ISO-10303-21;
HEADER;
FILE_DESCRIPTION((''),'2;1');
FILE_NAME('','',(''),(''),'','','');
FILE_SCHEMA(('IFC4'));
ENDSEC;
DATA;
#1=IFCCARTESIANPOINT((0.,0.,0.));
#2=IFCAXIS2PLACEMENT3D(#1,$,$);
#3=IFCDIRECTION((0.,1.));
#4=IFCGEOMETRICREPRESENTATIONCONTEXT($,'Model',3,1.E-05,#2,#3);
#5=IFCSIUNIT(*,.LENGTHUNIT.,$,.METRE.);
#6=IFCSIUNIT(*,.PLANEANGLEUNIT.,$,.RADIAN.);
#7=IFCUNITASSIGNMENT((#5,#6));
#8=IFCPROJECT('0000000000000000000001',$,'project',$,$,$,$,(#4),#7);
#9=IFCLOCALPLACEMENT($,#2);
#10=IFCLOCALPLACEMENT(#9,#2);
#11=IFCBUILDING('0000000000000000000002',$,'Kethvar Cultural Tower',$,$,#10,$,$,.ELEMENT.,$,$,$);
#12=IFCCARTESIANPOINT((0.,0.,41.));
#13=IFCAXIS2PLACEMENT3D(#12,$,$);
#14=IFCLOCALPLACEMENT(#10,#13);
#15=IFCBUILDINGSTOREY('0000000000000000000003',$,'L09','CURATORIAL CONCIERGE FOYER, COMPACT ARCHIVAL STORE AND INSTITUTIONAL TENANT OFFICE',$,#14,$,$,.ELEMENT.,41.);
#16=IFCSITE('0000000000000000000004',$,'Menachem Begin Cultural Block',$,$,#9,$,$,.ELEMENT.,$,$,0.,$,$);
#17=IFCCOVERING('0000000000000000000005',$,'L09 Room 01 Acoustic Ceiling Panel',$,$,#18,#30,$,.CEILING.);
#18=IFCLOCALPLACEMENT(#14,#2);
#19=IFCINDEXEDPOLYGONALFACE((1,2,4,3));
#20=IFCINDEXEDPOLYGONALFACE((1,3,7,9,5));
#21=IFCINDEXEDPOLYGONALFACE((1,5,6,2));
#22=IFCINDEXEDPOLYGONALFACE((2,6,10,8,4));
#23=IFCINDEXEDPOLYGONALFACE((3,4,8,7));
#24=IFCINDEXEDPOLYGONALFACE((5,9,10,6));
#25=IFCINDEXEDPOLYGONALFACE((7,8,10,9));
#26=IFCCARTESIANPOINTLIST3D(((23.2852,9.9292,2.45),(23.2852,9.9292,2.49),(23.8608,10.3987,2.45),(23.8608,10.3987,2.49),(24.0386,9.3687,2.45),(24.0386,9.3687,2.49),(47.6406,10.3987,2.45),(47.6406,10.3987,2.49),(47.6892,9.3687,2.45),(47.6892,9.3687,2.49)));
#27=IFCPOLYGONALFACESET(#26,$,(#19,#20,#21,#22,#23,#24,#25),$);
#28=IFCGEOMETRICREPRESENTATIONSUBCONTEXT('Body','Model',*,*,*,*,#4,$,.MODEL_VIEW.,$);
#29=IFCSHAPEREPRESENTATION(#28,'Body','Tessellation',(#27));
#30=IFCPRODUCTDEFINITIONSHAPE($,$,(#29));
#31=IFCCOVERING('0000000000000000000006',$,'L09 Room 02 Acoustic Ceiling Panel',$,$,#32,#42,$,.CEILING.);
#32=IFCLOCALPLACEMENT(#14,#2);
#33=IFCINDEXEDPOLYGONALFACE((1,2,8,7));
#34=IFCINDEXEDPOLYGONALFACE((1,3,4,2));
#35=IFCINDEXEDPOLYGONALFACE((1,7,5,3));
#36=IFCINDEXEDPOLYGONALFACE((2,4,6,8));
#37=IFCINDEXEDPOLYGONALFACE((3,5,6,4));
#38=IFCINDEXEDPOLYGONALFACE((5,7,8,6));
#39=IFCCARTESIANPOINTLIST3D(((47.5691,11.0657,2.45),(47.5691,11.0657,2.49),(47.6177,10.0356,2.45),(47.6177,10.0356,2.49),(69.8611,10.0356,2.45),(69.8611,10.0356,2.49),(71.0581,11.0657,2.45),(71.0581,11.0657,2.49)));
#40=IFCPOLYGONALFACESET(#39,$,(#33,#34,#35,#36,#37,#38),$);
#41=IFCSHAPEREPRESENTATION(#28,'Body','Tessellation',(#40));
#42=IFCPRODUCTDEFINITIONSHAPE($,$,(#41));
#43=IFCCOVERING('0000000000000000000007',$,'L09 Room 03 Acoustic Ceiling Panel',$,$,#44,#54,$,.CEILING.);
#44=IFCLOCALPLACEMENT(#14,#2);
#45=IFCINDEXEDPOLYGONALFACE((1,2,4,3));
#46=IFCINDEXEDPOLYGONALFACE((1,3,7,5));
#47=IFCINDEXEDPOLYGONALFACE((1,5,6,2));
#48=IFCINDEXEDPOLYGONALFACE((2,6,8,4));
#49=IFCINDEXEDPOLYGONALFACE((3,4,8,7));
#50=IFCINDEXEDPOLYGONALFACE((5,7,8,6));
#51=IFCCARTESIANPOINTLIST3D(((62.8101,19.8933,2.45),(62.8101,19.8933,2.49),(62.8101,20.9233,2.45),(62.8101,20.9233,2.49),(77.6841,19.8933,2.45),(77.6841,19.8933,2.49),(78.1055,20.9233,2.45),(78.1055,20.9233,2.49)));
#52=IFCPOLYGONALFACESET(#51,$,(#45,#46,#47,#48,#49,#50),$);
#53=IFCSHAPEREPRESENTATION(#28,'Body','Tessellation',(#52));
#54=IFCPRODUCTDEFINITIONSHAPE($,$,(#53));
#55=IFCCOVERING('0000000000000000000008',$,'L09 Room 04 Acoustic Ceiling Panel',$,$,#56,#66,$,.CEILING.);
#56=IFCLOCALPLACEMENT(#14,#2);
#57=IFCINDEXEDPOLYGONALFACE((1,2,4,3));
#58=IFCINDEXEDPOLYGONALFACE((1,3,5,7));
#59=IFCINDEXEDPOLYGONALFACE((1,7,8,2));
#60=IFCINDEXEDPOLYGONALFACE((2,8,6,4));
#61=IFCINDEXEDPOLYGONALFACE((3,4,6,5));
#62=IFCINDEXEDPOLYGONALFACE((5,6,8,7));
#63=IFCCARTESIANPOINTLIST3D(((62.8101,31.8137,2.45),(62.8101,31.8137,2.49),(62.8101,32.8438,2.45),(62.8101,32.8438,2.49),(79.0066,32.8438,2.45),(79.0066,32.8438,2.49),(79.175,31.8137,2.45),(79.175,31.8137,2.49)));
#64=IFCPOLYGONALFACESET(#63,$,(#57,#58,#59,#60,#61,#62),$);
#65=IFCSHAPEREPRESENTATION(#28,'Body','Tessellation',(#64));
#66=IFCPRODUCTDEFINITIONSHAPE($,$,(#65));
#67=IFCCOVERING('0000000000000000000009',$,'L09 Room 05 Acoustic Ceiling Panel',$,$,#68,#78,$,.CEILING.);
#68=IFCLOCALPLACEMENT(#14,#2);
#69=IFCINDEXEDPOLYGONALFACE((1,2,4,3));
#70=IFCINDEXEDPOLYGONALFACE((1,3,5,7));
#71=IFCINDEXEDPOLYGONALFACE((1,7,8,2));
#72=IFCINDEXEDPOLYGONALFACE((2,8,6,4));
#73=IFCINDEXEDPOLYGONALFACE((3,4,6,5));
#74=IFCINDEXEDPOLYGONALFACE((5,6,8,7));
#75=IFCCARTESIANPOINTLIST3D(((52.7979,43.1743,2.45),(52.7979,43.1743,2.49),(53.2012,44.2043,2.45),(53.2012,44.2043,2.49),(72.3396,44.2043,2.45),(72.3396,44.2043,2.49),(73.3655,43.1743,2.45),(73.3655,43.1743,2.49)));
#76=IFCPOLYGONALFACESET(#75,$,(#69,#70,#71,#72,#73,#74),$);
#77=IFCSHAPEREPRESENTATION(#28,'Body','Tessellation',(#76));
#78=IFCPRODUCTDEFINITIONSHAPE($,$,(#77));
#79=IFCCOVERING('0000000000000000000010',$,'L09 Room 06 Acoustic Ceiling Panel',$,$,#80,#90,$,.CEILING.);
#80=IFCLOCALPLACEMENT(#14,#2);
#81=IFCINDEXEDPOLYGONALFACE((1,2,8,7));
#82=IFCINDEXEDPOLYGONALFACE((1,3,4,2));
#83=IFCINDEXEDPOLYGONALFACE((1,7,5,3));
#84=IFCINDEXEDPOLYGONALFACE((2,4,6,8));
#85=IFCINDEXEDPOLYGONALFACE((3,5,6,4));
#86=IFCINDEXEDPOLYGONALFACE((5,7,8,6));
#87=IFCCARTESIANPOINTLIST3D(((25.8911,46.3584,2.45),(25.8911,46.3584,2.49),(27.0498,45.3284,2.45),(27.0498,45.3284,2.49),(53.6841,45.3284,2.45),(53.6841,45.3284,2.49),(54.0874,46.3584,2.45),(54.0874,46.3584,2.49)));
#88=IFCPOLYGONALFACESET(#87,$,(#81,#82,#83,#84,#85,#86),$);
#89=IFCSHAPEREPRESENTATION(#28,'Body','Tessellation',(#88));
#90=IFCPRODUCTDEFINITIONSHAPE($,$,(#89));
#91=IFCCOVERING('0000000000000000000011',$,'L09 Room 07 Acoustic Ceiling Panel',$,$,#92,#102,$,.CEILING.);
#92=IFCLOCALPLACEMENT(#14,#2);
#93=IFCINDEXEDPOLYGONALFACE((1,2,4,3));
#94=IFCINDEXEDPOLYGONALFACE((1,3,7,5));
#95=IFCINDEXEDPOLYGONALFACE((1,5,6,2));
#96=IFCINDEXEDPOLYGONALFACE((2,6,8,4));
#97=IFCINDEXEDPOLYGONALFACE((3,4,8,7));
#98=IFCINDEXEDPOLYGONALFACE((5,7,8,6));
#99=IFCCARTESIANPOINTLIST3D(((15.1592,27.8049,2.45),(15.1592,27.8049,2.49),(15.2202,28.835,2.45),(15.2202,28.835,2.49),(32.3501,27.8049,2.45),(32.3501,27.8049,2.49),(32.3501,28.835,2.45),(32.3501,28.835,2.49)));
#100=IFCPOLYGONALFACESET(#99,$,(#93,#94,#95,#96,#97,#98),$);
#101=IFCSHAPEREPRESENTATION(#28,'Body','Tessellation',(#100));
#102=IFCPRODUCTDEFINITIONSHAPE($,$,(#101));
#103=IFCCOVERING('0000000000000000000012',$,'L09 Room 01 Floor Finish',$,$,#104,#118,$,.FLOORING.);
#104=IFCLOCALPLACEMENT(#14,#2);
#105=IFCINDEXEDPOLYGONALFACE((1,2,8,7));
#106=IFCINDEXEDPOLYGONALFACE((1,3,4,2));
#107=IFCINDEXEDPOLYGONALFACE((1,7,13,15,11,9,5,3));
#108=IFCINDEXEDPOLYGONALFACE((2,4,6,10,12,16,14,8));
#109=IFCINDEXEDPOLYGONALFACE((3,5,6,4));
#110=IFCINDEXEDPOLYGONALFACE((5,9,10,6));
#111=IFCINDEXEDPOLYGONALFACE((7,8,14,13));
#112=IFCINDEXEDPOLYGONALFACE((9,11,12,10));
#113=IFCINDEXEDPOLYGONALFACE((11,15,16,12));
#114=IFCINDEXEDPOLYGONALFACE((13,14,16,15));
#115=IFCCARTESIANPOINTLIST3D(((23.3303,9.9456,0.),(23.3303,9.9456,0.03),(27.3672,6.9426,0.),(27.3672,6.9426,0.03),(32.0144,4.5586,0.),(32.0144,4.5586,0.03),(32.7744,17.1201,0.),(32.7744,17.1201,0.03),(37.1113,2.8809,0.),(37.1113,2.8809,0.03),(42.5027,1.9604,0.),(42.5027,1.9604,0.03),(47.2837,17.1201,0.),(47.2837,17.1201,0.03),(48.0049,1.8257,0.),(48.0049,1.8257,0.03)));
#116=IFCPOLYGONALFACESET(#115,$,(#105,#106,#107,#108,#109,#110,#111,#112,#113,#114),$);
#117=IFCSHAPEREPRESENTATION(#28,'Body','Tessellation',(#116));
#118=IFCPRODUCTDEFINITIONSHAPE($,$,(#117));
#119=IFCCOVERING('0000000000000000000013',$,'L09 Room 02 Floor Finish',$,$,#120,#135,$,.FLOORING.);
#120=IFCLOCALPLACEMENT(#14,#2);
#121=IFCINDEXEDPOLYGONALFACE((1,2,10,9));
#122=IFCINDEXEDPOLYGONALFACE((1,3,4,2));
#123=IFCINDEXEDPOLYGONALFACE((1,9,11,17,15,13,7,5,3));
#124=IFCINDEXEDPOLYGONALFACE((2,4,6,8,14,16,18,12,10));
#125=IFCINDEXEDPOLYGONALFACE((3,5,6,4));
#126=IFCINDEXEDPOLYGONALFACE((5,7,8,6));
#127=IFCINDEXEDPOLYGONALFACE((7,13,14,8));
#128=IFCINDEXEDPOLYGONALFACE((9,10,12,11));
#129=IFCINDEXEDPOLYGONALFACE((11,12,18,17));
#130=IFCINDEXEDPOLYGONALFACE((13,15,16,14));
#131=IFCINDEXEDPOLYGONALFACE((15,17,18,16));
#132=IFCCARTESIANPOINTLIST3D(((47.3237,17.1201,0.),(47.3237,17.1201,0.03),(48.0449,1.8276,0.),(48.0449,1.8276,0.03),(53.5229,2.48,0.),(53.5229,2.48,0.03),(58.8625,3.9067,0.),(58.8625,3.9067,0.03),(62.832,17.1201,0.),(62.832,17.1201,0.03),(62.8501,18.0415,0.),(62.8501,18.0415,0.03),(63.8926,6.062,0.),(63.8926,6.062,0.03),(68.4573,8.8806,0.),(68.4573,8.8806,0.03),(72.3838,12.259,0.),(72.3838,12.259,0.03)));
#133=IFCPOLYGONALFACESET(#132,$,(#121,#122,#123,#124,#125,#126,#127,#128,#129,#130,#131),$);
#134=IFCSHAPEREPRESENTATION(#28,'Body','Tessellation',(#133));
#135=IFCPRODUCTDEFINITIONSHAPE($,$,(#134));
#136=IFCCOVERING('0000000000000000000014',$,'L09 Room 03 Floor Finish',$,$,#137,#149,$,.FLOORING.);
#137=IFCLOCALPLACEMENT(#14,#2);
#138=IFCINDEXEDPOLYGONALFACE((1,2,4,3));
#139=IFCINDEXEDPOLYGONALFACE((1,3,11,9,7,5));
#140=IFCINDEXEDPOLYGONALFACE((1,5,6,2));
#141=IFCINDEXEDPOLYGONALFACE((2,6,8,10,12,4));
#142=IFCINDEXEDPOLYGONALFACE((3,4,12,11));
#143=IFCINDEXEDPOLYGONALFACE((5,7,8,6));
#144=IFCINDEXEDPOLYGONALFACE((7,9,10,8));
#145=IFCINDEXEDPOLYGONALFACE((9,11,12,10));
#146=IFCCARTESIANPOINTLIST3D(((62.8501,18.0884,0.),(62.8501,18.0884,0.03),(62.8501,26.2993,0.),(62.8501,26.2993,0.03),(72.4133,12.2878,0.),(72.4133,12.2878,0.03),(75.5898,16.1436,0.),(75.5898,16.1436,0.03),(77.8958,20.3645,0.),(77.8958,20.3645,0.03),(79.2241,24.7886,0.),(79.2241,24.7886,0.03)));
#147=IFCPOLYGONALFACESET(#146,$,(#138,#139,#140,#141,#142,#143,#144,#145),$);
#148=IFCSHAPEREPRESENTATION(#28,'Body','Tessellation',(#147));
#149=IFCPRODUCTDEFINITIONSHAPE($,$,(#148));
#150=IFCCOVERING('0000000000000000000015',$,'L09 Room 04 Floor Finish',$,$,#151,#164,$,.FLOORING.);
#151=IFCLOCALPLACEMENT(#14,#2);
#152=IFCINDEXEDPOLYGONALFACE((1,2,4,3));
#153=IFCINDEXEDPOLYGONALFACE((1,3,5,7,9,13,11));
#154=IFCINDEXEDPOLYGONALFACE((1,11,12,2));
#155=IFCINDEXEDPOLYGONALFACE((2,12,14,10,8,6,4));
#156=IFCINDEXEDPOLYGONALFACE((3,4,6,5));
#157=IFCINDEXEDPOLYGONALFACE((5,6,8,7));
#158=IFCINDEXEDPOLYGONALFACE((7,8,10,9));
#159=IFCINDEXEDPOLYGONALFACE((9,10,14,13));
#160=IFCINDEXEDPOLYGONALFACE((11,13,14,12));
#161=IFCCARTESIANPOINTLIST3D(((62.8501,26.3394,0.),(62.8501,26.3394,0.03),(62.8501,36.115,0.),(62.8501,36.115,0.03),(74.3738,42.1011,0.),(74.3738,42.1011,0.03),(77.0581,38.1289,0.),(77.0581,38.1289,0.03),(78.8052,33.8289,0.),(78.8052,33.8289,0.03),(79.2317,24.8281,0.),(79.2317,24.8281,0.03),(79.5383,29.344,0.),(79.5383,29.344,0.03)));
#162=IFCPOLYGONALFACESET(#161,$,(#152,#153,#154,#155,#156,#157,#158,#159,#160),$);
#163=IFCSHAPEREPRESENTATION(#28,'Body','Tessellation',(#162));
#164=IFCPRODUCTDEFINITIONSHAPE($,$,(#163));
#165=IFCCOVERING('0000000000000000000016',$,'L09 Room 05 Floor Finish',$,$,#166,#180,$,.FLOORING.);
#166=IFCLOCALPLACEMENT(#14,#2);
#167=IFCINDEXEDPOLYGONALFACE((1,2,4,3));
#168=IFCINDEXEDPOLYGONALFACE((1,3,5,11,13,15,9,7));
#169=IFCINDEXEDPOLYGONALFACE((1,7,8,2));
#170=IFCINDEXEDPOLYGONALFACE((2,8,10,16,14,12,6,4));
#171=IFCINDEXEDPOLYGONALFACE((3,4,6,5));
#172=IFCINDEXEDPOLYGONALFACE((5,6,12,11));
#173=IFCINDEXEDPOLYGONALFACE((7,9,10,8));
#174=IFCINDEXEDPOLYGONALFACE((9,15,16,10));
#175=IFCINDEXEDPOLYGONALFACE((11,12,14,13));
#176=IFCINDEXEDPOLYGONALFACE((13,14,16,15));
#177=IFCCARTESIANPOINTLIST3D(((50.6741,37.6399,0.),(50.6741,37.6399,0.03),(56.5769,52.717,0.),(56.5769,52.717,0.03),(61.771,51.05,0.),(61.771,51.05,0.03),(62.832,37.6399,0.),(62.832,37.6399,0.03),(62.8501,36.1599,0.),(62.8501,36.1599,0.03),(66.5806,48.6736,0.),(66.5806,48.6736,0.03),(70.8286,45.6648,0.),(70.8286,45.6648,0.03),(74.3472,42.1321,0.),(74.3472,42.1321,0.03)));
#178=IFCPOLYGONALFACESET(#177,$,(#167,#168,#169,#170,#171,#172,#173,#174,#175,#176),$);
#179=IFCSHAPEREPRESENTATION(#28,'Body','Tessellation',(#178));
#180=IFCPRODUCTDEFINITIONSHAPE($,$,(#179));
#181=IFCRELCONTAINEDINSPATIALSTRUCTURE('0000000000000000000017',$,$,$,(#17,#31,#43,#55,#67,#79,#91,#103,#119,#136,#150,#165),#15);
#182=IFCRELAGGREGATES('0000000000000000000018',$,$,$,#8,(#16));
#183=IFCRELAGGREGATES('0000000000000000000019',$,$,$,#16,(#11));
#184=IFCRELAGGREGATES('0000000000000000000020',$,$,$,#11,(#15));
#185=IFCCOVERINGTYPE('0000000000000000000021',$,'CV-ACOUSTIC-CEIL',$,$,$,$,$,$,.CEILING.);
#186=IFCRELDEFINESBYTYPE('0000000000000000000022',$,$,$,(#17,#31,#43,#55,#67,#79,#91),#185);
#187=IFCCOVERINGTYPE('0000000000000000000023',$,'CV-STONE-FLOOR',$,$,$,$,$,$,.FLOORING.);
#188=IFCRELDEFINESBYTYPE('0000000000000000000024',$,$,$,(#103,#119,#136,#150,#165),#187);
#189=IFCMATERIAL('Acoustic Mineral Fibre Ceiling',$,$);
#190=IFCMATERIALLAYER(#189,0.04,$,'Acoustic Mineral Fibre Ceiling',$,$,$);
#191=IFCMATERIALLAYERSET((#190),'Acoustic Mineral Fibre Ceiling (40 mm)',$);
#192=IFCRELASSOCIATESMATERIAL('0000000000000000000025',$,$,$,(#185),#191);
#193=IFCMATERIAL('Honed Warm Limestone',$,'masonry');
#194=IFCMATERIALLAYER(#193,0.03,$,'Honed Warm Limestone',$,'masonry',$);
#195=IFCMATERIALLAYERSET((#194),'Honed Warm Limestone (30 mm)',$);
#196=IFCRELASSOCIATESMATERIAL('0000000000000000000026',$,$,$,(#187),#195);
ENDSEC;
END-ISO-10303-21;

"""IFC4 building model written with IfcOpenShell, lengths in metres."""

from ifc_helpers import new_model, si_unit, direction, frame, origin, place, context, subcontext, project, spatial, polyline, outline, extrude, material, layer, layer_set, type_object, element, save


model = new_model("IFC4")

# Units and contexts
model_context = context("Model", 3, precision=1e-05, world=origin(), true_north=direction((0.0, 1.0)))
body_context = subcontext(model_context, "Body", "Model", "MODEL_VIEW")
ifc_project = project(units=[si_unit("LENGTHUNIT", "METRE"), si_unit("PLANEANGLEUNIT", "RADIAN")], contexts=[model_context])

# Site, building, storey
site_placement = place(None, origin())
site = spatial("IfcSite", under=ifc_project, at=site_placement, Name="Menachem Begin Cultural Block", CompositionType="ELEMENT", RefElevation=0.0)
building_placement = place(site_placement, origin())
building = spatial("IfcBuilding", under=site, at=building_placement, Name="Kethvar Cultural Tower", CompositionType="ELEMENT")
storey_placement = place(building_placement, frame((0.0, 0.0, 41.0)))
storey = spatial("IfcBuildingStorey", under=building, at=storey_placement, Name="L09", Description="CURATORIAL CONCIERGE FOYER, COMPACT ARCHIVAL STORE AND INSTITUTIONAL TENANT OFFICE", CompositionType="ELEMENT", Elevation=41.0)

# Coverings
ifc_material_1 = material(Name="Acoustic Mineral Fibre Ceiling")
ifc_layer_1 = layer(ifc_material_1, 0.04, Name="Acoustic Mineral Fibre Ceiling")
ifc_layer_set_1 = layer_set([ifc_layer_1], Name="Acoustic Mineral Fibre Ceiling (40 mm)")
covering_type_1 = type_object("IfcCoveringType", Name="CV-ACOUSTIC-CEIL", PredefinedType="CEILING", material=ifc_layer_set_1)
covering_1_placement = place(storey_placement, frame((0.0, 0.0, 2.45)))
element("IfcCovering", 1, at=covering_1_placement, inside=storey, type_object=covering_type_1, Name="L09 Room 01 Acoustic Ceiling Panel", PredefinedType="CEILING", context=body_context, shape_type="SweptSolid", body=[
    extrude(outline(polyline([(23.2852, 9.9292), (23.8608, 10.3987), (47.6406, 10.3987), (47.6892, 9.3687), (24.0386, 9.3687), (23.2852, 9.9292)])), origin(), (0.0, 0.0, 1.0), 0.04),
])
covering_2_placement = place(storey_placement, frame((0.0, 0.0, 2.45)))
element("IfcCovering", 2, at=covering_2_placement, inside=storey, type_object=covering_type_1, Name="L09 Room 02 Acoustic Ceiling Panel", PredefinedType="CEILING", context=body_context, shape_type="SweptSolid", body=[
    extrude(outline(polyline([(69.8611, 10.0356), (47.6177, 10.0356), (47.5691, 11.0657), (71.0581, 11.0657), (69.8611, 10.0356)])), origin(), (0.0, 0.0, 1.0), 0.04),
])
covering_3_placement = place(storey_placement, frame((0.0, 0.0, 2.45)))
element("IfcCovering", 3, at=covering_3_placement, inside=storey, type_object=covering_type_1, Name="L09 Room 03 Acoustic Ceiling Panel", PredefinedType="CEILING", context=body_context, shape_type="SweptSolid", body=[
    extrude(outline(polyline([(78.1055, 20.9233), (77.6841, 19.8933), (62.8101, 19.8933), (62.8101, 20.9233), (78.1055, 20.9233)])), origin(), (0.0, 0.0, 1.0), 0.04),
])
covering_4_placement = place(storey_placement, frame((0.0, 0.0, 2.45)))
element("IfcCovering", 4, at=covering_4_placement, inside=storey, type_object=covering_type_1, Name="L09 Room 04 Acoustic Ceiling Panel", PredefinedType="CEILING", context=body_context, shape_type="SweptSolid", body=[
    extrude(outline(polyline([(79.175, 31.8137), (62.8101, 31.8137), (62.8101, 32.8438), (79.0066, 32.8438), (79.175, 31.8137)])), origin(), (0.0, 0.0, 1.0), 0.04),
])
covering_5_placement = place(storey_placement, frame((0.0, 0.0, 2.45)))
element("IfcCovering", 5, at=covering_5_placement, inside=storey, type_object=covering_type_1, Name="L09 Room 05 Acoustic Ceiling Panel", PredefinedType="CEILING", context=body_context, shape_type="SweptSolid", body=[
    extrude(outline(polyline([(73.3655, 43.1743), (52.7979, 43.1743), (53.2012, 44.2043), (72.3396, 44.2043), (73.3655, 43.1743)])), origin(), (0.0, 0.0, 1.0), 0.04),
])
covering_6_placement = place(storey_placement, frame((0.0, 0.0, 2.45)))
element("IfcCovering", 6, at=covering_6_placement, inside=storey, type_object=covering_type_1, Name="L09 Room 06 Acoustic Ceiling Panel", PredefinedType="CEILING", context=body_context, shape_type="SweptSolid", body=[
    extrude(outline(polyline([(53.6841, 45.3284), (27.0498, 45.3284), (25.8911, 46.3584), (54.0874, 46.3584), (53.6841, 45.3284)])), origin(), (0.0, 0.0, 1.0), 0.04),
])
covering_7_placement = place(storey_placement, frame((0.0, 0.0, 2.45)))
element("IfcCovering", 7, at=covering_7_placement, inside=storey, type_object=covering_type_1, Name="L09 Room 07 Acoustic Ceiling Panel", PredefinedType="CEILING", context=body_context, shape_type="SweptSolid", body=[
    extrude(outline(polyline([(15.2202, 28.835), (32.3501, 28.835), (32.3501, 27.8049), (15.1592, 27.8049), (15.2202, 28.835)])), origin(), (0.0, 0.0, 1.0), 0.04),
])
ifc_material_2 = material(Name="Honed Warm Limestone", Category="masonry")
ifc_layer_2 = layer(ifc_material_2, 0.03, Name="Honed Warm Limestone", Category="masonry")
ifc_layer_set_2 = layer_set([ifc_layer_2], Name="Honed Warm Limestone (30 mm)")
covering_type_2 = type_object("IfcCoveringType", Name="CV-STONE-FLOOR", PredefinedType="FLOORING", material=ifc_layer_set_2)
covering_8_placement = place(storey_placement, origin())
element("IfcCovering", 8, at=covering_8_placement, inside=storey, type_object=covering_type_2, Name="L09 Room 01 Floor Finish", PredefinedType="FLOORING", context=body_context, shape_type="SweptSolid", body=[
    extrude(outline(polyline([(42.5027, 1.9604), (37.1113, 2.8809), (32.0144, 4.5586), (27.3672, 6.9426), (23.3303, 9.9456), (32.7744, 17.1201), (47.2837, 17.1201), (48.0049, 1.8257), (42.5027, 1.9604)])), origin(), (0.0, 0.0, 1.0), 0.03),
])
covering_9_placement = place(storey_placement, origin())
element("IfcCovering", 9, at=covering_9_placement, inside=storey, type_object=covering_type_2, Name="L09 Room 02 Floor Finish", PredefinedType="FLOORING", context=body_context, shape_type="SweptSolid", body=[
    extrude(outline(polyline([(72.3838, 12.259), (68.4573, 8.8806), (63.8926, 6.062), (58.8625, 3.9067), (53.5229, 2.48), (48.0449, 1.8276), (47.3237, 17.1201), (62.832, 17.1201), (62.8501, 18.0415), (72.3838, 12.259)])), origin(), (0.0, 0.0, 1.0), 0.03),
])
covering_10_placement = place(storey_placement, origin())
element("IfcCovering", 10, at=covering_10_placement, inside=storey, type_object=covering_type_2, Name="L09 Room 03 Floor Finish", PredefinedType="FLOORING", context=body_context, shape_type="SweptSolid", body=[
    extrude(outline(polyline([(77.8958, 20.3645), (75.5898, 16.1436), (72.4133, 12.2878), (62.8501, 18.0884), (62.8501, 26.2993), (79.2241, 24.7886), (77.8958, 20.3645)])), origin(), (0.0, 0.0, 1.0), 0.03),
])
covering_11_placement = place(storey_placement, origin())
element("IfcCovering", 11, at=covering_11_placement, inside=storey, type_object=covering_type_2, Name="L09 Room 04 Floor Finish", PredefinedType="FLOORING", context=body_context, shape_type="SweptSolid", body=[
    extrude(outline(polyline([(77.0581, 38.1289), (78.8052, 33.8289), (79.5383, 29.344), (79.2317, 24.8281), (62.8501, 26.3394), (62.8501, 36.115), (74.3738, 42.1011), (77.0581, 38.1289)])), origin(), (0.0, 0.0, 1.0), 0.03),
])
covering_12_placement = place(storey_placement, origin())
element("IfcCovering", 12, at=covering_12_placement, inside=storey, type_object=covering_type_2, Name="L09 Room 05 Floor Finish", PredefinedType="FLOORING", context=body_context, shape_type="SweptSolid", body=[
    extrude(outline(polyline([(56.5769, 52.717), (61.771, 51.05), (66.5806, 48.6736), (70.8286, 45.6648), (74.3472, 42.1321), (62.8501, 36.1599), (62.832, 37.6399), (50.6741, 37.6399), (56.5769, 52.717)])), origin(), (0.0, 0.0, 1.0), 0.03),
])

save(model, "model.ifc")
